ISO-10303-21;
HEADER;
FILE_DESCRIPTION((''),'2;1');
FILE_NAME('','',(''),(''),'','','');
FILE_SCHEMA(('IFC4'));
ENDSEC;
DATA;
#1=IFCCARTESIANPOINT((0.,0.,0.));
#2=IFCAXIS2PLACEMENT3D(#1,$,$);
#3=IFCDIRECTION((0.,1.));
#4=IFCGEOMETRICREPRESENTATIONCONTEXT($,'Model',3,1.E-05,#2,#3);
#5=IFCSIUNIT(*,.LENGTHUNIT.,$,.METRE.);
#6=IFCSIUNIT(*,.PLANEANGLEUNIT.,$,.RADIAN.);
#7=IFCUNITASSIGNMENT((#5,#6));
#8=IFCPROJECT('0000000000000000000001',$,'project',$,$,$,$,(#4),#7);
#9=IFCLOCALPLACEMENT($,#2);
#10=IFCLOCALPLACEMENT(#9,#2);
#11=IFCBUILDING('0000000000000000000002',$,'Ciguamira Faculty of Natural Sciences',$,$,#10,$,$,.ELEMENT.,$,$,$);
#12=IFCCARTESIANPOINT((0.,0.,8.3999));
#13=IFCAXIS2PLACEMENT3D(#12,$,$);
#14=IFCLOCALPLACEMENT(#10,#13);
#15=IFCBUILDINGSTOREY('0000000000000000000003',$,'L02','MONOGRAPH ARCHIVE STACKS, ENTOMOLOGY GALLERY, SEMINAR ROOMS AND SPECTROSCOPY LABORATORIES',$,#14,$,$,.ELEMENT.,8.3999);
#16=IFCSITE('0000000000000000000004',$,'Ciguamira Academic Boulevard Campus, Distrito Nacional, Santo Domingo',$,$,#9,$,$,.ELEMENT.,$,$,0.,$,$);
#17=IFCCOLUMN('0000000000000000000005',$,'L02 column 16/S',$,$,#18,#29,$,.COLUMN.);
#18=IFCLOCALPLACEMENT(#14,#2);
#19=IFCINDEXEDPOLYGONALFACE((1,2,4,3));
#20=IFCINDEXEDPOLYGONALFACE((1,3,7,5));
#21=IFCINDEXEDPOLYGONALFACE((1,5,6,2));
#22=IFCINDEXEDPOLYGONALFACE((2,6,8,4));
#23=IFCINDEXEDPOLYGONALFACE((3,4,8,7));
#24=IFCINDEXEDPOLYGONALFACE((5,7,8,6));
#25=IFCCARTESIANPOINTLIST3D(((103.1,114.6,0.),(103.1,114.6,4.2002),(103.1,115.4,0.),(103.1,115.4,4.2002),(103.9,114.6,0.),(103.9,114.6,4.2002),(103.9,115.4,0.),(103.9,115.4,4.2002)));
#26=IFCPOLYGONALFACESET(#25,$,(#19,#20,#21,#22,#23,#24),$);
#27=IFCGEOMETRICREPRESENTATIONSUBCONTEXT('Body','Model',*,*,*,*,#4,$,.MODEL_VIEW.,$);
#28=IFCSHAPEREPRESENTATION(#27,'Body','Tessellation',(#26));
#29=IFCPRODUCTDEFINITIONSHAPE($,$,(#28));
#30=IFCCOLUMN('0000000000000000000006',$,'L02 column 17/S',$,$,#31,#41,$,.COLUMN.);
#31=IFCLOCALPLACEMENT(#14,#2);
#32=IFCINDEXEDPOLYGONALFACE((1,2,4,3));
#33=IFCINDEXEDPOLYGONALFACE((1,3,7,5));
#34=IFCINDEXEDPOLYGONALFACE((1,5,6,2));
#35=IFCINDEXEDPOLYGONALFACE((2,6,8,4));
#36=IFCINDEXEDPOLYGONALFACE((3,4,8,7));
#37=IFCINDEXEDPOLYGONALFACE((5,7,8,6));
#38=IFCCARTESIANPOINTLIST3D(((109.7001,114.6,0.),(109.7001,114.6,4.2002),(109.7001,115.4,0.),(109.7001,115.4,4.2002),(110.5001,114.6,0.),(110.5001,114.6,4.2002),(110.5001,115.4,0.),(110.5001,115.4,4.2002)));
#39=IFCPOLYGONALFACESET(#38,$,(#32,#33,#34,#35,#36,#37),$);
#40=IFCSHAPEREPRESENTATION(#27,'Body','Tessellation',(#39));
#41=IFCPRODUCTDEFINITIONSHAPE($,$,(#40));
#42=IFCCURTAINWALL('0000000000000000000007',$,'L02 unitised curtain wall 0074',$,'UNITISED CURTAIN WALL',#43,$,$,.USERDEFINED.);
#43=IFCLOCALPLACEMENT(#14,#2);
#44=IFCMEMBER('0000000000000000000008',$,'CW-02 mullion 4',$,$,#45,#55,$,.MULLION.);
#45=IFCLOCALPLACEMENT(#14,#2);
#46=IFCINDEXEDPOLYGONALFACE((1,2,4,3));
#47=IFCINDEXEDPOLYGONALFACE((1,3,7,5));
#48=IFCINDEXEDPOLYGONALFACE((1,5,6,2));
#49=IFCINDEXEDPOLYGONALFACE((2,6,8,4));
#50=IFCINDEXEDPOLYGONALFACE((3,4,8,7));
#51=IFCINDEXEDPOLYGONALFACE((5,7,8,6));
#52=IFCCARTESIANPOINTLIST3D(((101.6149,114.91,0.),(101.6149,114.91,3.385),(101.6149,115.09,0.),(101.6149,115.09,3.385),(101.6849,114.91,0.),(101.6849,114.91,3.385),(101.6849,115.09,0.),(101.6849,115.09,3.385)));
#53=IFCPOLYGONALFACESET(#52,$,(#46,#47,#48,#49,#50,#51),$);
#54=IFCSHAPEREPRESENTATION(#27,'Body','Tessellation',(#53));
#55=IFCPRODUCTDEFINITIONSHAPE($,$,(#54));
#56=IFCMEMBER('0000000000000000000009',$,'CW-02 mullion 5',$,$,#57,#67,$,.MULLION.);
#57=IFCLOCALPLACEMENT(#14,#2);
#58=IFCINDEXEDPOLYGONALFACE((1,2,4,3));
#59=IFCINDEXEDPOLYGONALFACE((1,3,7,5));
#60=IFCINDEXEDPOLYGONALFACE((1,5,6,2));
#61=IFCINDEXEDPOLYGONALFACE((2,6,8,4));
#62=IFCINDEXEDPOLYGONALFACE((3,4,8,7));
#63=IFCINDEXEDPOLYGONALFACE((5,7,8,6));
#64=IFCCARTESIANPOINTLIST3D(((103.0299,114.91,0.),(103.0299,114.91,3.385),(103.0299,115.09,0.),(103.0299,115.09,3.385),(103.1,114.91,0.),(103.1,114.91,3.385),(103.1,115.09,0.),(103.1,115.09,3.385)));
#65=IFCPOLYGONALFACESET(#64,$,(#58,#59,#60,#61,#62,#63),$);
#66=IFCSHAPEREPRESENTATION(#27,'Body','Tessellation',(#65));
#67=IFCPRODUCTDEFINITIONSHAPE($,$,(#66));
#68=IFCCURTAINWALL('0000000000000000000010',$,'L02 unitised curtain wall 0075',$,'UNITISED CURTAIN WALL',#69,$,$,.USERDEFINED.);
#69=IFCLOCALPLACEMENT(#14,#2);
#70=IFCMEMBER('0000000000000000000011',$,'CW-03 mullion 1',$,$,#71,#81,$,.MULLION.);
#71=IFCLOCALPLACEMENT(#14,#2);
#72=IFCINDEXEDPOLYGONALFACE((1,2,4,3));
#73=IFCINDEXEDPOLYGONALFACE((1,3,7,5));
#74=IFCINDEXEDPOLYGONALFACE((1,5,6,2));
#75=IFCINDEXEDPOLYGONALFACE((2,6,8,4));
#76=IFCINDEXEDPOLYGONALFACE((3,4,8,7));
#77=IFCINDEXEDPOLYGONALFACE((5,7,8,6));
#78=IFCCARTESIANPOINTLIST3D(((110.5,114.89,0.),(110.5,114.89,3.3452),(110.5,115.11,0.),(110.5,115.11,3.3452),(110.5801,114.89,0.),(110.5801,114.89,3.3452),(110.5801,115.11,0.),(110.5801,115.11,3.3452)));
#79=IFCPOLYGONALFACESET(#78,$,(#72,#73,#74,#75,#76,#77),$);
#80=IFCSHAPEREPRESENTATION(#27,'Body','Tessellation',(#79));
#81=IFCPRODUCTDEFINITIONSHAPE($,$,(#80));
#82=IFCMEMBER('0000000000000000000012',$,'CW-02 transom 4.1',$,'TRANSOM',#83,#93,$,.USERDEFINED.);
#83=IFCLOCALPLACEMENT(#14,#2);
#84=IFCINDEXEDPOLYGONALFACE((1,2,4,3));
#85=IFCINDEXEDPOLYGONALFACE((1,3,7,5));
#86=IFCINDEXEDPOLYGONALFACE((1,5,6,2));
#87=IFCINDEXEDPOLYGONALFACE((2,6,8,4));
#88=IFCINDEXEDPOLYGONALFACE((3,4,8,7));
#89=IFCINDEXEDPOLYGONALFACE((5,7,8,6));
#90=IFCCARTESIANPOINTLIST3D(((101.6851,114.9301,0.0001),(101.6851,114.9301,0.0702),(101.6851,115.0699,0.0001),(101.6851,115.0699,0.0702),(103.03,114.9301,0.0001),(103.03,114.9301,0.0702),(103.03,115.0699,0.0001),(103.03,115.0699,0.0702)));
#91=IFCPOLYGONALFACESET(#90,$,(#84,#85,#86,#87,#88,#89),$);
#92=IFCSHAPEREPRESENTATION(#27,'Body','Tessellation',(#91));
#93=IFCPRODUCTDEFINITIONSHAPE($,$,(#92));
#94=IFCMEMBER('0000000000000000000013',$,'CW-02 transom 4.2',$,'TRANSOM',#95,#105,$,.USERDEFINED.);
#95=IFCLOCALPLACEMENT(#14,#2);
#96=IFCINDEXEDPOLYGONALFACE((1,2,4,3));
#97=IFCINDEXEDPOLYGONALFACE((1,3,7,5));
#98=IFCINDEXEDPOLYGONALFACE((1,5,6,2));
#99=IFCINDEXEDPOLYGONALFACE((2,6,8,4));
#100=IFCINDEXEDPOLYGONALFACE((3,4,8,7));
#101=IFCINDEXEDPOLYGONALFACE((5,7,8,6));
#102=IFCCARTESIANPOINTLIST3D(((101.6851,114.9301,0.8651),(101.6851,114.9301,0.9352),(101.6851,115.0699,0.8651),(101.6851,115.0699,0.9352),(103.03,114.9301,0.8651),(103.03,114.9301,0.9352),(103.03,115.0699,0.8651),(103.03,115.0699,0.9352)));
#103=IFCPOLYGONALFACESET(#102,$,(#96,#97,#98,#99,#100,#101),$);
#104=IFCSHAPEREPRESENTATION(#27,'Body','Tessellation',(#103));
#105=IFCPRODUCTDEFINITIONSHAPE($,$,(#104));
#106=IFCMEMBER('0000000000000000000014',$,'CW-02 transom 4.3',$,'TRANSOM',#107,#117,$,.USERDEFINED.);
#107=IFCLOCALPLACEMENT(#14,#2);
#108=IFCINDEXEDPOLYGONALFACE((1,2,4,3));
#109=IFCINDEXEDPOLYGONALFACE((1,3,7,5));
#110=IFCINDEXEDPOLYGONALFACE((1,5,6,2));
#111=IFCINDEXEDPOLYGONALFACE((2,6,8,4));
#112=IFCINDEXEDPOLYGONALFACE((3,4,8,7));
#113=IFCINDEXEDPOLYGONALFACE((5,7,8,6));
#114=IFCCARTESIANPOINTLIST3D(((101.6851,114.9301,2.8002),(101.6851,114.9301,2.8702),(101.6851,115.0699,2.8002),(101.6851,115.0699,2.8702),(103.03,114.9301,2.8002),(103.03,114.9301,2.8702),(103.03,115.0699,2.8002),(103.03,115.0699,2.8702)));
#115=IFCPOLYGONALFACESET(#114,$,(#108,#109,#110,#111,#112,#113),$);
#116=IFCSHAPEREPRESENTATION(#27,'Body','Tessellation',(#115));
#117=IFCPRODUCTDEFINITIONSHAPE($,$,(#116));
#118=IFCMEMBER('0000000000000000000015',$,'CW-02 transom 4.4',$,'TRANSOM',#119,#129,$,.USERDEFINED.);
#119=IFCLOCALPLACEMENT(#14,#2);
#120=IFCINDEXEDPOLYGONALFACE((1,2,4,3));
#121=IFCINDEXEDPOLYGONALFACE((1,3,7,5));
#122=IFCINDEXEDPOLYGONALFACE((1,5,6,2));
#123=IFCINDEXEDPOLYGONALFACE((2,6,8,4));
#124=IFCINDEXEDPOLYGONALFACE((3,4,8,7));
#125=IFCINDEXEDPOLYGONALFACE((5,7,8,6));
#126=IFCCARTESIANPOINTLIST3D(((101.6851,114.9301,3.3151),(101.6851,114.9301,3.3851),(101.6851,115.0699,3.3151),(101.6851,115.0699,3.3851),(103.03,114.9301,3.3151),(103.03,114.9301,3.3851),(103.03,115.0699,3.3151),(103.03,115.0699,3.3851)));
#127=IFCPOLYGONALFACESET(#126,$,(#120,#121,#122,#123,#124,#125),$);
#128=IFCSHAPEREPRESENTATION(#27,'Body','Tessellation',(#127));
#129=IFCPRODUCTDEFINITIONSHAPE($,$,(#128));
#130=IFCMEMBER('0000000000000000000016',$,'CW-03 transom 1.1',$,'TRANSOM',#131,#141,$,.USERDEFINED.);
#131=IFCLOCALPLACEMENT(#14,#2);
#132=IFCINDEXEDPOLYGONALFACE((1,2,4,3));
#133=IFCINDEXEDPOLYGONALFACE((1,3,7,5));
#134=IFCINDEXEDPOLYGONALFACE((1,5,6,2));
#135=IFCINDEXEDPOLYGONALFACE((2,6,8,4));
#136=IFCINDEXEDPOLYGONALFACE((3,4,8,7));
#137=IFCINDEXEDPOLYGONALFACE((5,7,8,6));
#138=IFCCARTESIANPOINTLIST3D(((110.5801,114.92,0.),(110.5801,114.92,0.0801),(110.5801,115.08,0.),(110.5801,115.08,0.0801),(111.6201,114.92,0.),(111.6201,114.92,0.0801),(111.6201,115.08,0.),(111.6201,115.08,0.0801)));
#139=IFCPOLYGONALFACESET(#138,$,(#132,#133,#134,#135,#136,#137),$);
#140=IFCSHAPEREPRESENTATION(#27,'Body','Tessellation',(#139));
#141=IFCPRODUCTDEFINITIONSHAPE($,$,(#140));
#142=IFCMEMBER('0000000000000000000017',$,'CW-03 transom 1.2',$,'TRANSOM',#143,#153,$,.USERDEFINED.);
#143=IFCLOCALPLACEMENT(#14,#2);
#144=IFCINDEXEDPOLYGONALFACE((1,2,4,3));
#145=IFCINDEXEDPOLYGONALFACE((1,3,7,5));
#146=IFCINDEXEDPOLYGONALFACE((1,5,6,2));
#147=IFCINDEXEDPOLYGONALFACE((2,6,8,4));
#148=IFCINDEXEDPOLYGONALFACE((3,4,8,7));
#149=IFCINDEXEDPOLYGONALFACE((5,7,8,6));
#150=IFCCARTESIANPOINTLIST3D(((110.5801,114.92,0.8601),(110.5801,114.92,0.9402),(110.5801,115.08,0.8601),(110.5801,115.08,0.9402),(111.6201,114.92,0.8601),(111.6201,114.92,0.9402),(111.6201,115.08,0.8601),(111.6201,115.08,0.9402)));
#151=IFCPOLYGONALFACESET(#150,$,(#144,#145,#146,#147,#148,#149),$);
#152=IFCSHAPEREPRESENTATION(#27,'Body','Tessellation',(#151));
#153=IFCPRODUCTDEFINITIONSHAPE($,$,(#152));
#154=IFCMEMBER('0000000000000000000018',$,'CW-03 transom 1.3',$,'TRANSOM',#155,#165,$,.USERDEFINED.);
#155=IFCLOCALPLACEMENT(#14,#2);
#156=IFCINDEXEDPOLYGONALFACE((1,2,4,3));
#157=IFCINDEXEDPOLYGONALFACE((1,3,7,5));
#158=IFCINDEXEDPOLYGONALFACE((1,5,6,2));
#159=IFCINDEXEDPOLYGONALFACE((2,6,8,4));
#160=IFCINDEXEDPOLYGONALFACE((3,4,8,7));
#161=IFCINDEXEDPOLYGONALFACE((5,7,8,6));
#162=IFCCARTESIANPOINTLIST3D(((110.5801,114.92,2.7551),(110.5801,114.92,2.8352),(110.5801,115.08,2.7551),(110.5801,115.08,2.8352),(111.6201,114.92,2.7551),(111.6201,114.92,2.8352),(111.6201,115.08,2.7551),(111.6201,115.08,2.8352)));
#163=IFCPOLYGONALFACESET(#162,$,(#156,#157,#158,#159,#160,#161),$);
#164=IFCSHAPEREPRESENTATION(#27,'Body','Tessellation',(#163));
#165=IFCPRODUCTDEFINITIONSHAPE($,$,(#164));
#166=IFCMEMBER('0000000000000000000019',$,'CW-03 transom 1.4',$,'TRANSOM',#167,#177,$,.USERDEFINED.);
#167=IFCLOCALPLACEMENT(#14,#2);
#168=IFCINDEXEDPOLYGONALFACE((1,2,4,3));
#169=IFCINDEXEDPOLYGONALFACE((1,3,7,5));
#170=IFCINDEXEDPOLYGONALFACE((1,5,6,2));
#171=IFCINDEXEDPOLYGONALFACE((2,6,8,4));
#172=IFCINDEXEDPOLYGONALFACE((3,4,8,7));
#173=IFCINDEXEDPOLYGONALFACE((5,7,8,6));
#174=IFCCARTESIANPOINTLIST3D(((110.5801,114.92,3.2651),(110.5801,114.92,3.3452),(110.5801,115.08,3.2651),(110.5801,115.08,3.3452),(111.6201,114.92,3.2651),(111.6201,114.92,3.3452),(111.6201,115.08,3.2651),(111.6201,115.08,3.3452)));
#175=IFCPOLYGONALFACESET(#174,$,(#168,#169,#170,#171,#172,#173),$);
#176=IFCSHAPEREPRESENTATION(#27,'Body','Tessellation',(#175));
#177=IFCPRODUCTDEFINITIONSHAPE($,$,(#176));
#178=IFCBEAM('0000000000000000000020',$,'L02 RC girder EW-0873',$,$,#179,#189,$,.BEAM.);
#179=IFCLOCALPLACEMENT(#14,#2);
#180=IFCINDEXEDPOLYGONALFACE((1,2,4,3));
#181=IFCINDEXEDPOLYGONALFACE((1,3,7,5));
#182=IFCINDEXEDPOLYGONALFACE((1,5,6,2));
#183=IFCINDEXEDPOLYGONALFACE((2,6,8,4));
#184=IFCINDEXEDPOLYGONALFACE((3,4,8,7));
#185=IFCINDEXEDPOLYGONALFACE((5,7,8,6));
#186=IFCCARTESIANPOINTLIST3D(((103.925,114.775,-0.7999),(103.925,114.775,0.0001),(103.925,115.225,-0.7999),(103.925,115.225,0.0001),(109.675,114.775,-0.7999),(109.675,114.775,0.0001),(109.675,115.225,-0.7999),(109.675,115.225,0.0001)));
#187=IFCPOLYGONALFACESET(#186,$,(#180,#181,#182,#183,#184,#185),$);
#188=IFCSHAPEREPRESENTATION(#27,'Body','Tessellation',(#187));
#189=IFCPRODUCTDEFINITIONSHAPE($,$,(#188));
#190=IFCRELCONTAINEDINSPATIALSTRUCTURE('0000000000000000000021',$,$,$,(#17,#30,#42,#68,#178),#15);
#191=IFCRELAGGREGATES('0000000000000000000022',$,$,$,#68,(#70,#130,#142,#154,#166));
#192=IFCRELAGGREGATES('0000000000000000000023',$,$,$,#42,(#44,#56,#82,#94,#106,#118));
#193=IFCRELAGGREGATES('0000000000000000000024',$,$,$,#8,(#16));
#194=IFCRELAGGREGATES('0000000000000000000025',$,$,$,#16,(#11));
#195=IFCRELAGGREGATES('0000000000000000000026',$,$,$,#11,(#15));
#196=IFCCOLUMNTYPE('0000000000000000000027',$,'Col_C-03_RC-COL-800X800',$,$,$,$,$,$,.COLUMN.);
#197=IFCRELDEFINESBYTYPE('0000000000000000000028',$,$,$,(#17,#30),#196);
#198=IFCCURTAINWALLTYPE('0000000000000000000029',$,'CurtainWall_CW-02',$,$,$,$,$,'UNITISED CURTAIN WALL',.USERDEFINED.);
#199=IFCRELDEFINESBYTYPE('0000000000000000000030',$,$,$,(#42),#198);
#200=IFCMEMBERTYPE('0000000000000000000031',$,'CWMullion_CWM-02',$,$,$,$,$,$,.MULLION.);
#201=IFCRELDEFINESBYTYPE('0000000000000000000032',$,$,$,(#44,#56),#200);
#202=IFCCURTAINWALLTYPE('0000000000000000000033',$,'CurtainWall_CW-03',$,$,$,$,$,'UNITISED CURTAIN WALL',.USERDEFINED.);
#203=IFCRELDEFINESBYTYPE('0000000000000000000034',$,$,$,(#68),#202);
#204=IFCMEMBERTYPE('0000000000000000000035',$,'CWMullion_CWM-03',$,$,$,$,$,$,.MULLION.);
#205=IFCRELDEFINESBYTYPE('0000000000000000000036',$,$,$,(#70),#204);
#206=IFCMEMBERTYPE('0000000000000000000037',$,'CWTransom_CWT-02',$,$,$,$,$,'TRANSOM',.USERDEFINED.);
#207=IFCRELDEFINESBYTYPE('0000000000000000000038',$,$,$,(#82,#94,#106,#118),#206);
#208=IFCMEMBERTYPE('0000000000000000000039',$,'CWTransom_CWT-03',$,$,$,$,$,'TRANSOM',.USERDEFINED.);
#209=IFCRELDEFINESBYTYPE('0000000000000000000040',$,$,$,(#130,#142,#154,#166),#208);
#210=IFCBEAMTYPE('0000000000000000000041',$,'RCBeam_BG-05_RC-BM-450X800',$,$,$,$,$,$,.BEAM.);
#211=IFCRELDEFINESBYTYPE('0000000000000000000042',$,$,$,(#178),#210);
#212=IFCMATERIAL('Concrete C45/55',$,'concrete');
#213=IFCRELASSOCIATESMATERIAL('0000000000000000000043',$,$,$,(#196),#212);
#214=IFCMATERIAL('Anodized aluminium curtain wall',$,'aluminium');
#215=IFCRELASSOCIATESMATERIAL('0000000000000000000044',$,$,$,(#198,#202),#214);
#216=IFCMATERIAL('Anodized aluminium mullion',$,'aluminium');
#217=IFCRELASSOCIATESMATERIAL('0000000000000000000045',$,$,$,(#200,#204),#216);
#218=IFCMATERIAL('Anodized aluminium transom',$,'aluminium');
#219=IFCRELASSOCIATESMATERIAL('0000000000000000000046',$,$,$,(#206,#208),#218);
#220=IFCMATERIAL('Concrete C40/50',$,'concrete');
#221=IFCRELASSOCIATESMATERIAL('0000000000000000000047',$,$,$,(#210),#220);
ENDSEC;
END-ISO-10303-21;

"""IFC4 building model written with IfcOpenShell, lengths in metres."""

from ifc_helpers import new_model, si_unit, direction, frame, origin, origin_2d, place, context, subcontext, project, spatial, rectangle, extrude, material, material_profile, profile_set, type_object, element, aggregate, save


model = new_model("IFC4")

# Units and contexts
model_context = context("Model", 3, precision=1e-05, world=origin(), true_north=direction((0.0, 1.0)))
body_context = subcontext(model_context, "Body", "Model", "MODEL_VIEW")
ifc_project = project(units=[si_unit("LENGTHUNIT", "METRE"), si_unit("PLANEANGLEUNIT", "RADIAN")], contexts=[model_context])

# Site, building, storey
site_placement = place(None, origin())
site = spatial("IfcSite", under=ifc_project, at=site_placement, Name="Ciguamira Academic Boulevard Campus, Distrito Nacional, Santo Domingo", CompositionType="ELEMENT", RefElevation=0.0)
building_placement = place(site_placement, origin())
building = spatial("IfcBuilding", under=site, at=building_placement, Name="Ciguamira Faculty of Natural Sciences", CompositionType="ELEMENT")
storey_placement = place(building_placement, frame((0.0, 0.0, 8.3999)))
storey = spatial("IfcBuildingStorey", under=building, at=storey_placement, Name="L02", Description="MONOGRAPH ARCHIVE STACKS, ENTOMOLOGY GALLERY, SEMINAR ROOMS AND SPECTROSCOPY LABORATORIES", CompositionType="ELEMENT", Elevation=8.3999)

# Columns
ifc_material_1 = material(Name="Concrete C45/55", Category="concrete")
ifc_material_profile_1 = material_profile(ifc_material_1, rectangle(XDim=0.8, YDim=0.8, at=origin_2d()), Name="RC-COL-800X800")
ifc_profile_set_1 = profile_set([ifc_material_profile_1], Name="Concrete C45/55")
column_type = type_object("IfcColumnType", Name="Col_C-03_RC-COL-800X800", PredefinedType="COLUMN", material=ifc_profile_set_1)
for number, where, z_axis, x_axis, name in (
    (1, (103.5, 115.0, 0.0), (0.0, 0.0, 1.0), (1.0, 0.0, 0.0), "L02 column 16/S"),
    (2, (110.1001, 115.0, 0.0), (0.0, 0.0, 1.0), (1.0, 0.0, 0.0), "L02 column 17/S"),
):
    element("IfcColumn", number, at=place(storey_placement, frame(where, z_axis=z_axis, x_axis=x_axis)), inside=storey, type_object=column_type, Name=name, PredefinedType="COLUMN", context=body_context, shape_type="SweptSolid", body=[
        extrude(rectangle(XDim=0.8, YDim=0.8, at=origin_2d()), origin(), (0.0, 0.0, 1.0), 4.2002),
    ])

# Curtain wall, members
ifc_material_2 = material(Name="Anodized aluminium curtain wall", Category="aluminium")
curtain_wall_type_1 = type_object("IfcCurtainWallType", Name="CurtainWall_CW-02", ElementType="UNITISED CURTAIN WALL", PredefinedType="USERDEFINED", material=ifc_material_2)
curtain_wall_1_placement = place(storey_placement, origin())
curtain_wall_1 = element("IfcCurtainWall", 3, at=curtain_wall_1_placement, inside=storey, type_object=curtain_wall_type_1, Name="L02 unitised curtain wall 0074", ObjectType="UNITISED CURTAIN WALL", PredefinedType="USERDEFINED")
ifc_material_3 = material(Name="Anodized aluminium mullion", Category="aluminium")
ifc_material_profile_2 = material_profile(ifc_material_3, rectangle(XDim=0.0701, YDim=0.1799, at=origin_2d()), Name="ALU-MUL-70X180")
ifc_profile_set_2 = profile_set([ifc_material_profile_2], Name="Anodized aluminium mullion")
member_type_1 = type_object("IfcMemberType", Name="CWMullion_CWM-02", PredefinedType="MULLION", material=ifc_profile_set_2)
member_1_placement = place(storey_placement, frame((101.6499, 115.0, 0.0), z_axis=(0.0, 0.0, 1.0), x_axis=(1.0, 0.0, 0.0)))
member_1 = element("IfcMember", 4, at=member_1_placement, type_object=member_type_1, Name="CW-02 mullion 4", PredefinedType="MULLION", context=body_context, shape_type="SweptSolid", body=[
    extrude(rectangle(XDim=0.0701, YDim=0.1799, at=origin_2d()), origin(), (0.0, 0.0, 1.0), 3.385),
])
member_2_placement = place(storey_placement, frame((103.0649, 115.0, 0.0), z_axis=(0.0, 0.0, 1.0), x_axis=(1.0, 0.0, 0.0)))
member_2 = element("IfcMember", 5, at=member_2_placement, type_object=member_type_1, Name="CW-02 mullion 5", PredefinedType="MULLION", context=body_context, shape_type="SweptSolid", body=[
    extrude(rectangle(XDim=0.0701, YDim=0.1799, at=origin_2d()), origin(), (0.0, 0.0, 1.0), 3.385),
])

# Curtain wall, member
curtain_wall_type_2 = type_object("IfcCurtainWallType", Name="CurtainWall_CW-03", ElementType="UNITISED CURTAIN WALL", PredefinedType="USERDEFINED", material=ifc_material_2)
curtain_wall_2_placement = place(storey_placement, origin())
curtain_wall_2 = element("IfcCurtainWall", 6, at=curtain_wall_2_placement, inside=storey, type_object=curtain_wall_type_2, Name="L02 unitised curtain wall 0075", ObjectType="UNITISED CURTAIN WALL", PredefinedType="USERDEFINED")
ifc_material_profile_3 = material_profile(ifc_material_3, rectangle(XDim=0.0801, YDim=0.22, at=origin_2d()), Name="ALU-MUL-80X220")
ifc_profile_set_3 = profile_set([ifc_material_profile_3], Name="Anodized aluminium mullion")
member_type_2 = type_object("IfcMemberType", Name="CWMullion_CWM-03", PredefinedType="MULLION", material=ifc_profile_set_3)
member_3_placement = place(storey_placement, frame((110.54, 115.0, 0.0), z_axis=(0.0, 0.0, 1.0), x_axis=(1.0, 0.0, 0.0)))
member_3 = element("IfcMember", 7, at=member_3_placement, type_object=member_type_2, Name="CW-03 mullion 1", PredefinedType="MULLION", context=body_context, shape_type="SweptSolid", body=[
    extrude(rectangle(XDim=0.0801, YDim=0.22, at=origin_2d()), origin(), (0.0, 0.0, 1.0), 3.3452),
])

# Members
ifc_material_4 = material(Name="Anodized aluminium transom", Category="aluminium")
ifc_material_profile_4 = material_profile(ifc_material_4, rectangle(XDim=0.0701, YDim=0.1399, at=origin_2d()), Name="ALU-TRN-70X140")
ifc_profile_set_4 = profile_set([ifc_material_profile_4], Name="Anodized aluminium transom")
member_type_3 = type_object("IfcMemberType", Name="CWTransom_CWT-02", ElementType="TRANSOM", PredefinedType="USERDEFINED", material=ifc_profile_set_4)
member_4_placement = place(storey_placement, frame((101.6851, 115.0, 0.0352), z_axis=(1.0, 0.0, 0.0), x_axis=(0.0, 0.0, 1.0)))
member_4 = element("IfcMember", 8, at=member_4_placement, type_object=member_type_3, Name="CW-02 transom 4.1", ObjectType="TRANSOM", PredefinedType="USERDEFINED", context=body_context, shape_type="SweptSolid", body=[
    extrude(rectangle(XDim=0.0701, YDim=0.1399, at=origin_2d()), origin(), (0.0, 0.0, 1.0), 1.345),
])
member_5_placement = place(storey_placement, frame((101.6851, 115.0, 0.9001), z_axis=(1.0, 0.0, 0.0), x_axis=(0.0, 0.0, 1.0)))
member_5 = element("IfcMember", 9, at=member_5_placement, type_object=member_type_3, Name="CW-02 transom 4.2", ObjectType="TRANSOM", PredefinedType="USERDEFINED", context=body_context, shape_type="SweptSolid", body=[
    extrude(rectangle(XDim=0.0701, YDim=0.1399, at=origin_2d()), origin(), (0.0, 0.0, 1.0), 1.345),
])
member_6_placement = place(storey_placement, frame((101.6851, 115.0, 2.8352), z_axis=(1.0, 0.0, 0.0), x_axis=(0.0, 0.0, 1.0)))
member_6 = element("IfcMember", 10, at=member_6_placement, type_object=member_type_3, Name="CW-02 transom 4.3", ObjectType="TRANSOM", PredefinedType="USERDEFINED", context=body_context, shape_type="SweptSolid", body=[
    extrude(rectangle(XDim=0.0701, YDim=0.1399, at=origin_2d()), origin(), (0.0, 0.0, 1.0), 1.345),
])
member_7_placement = place(storey_placement, frame((101.6851, 115.0, 3.3501), z_axis=(1.0, 0.0, 0.0), x_axis=(0.0, 0.0, 1.0)))
member_7 = element("IfcMember", 11, at=member_7_placement, type_object=member_type_3, Name="CW-02 transom 4.4", ObjectType="TRANSOM", PredefinedType="USERDEFINED", context=body_context, shape_type="SweptSolid", body=[
    extrude(rectangle(XDim=0.0701, YDim=0.1399, at=origin_2d()), origin(), (0.0, 0.0, 1.0), 1.345),
])
ifc_material_profile_5 = material_profile(ifc_material_4, rectangle(XDim=0.0801, YDim=0.1599, at=origin_2d()), Name="ALU-TRN-80X160")
ifc_profile_set_5 = profile_set([ifc_material_profile_5], Name="Anodized aluminium transom")
member_type_4 = type_object("IfcMemberType", Name="CWTransom_CWT-03", ElementType="TRANSOM", PredefinedType="USERDEFINED", material=ifc_profile_set_5)
member_8_placement = place(storey_placement, frame((110.5801, 115.0, 0.04), z_axis=(1.0, 0.0, 0.0), x_axis=(0.0, 0.0, 1.0)))
member_8 = element("IfcMember", 12, at=member_8_placement, type_object=member_type_4, Name="CW-03 transom 1.1", ObjectType="TRANSOM", PredefinedType="USERDEFINED", context=body_context, shape_type="SweptSolid", body=[
    extrude(rectangle(XDim=0.0801, YDim=0.1599, at=origin_2d()), origin(), (0.0, 0.0, 1.0), 1.04),
])
member_9_placement = place(storey_placement, frame((110.5801, 115.0, 0.9001), z_axis=(1.0, 0.0, 0.0), x_axis=(0.0, 0.0, 1.0)))
member_9 = element("IfcMember", 13, at=member_9_placement, type_object=member_type_4, Name="CW-03 transom 1.2", ObjectType="TRANSOM", PredefinedType="USERDEFINED", context=body_context, shape_type="SweptSolid", body=[
    extrude(rectangle(XDim=0.0801, YDim=0.1599, at=origin_2d()), origin(), (0.0, 0.0, 1.0), 1.04),
])
member_10_placement = place(storey_placement, frame((110.5801, 115.0, 2.7952), z_axis=(1.0, 0.0, 0.0), x_axis=(0.0, 0.0, 1.0)))
member_10 = element("IfcMember", 14, at=member_10_placement, type_object=member_type_4, Name="CW-03 transom 1.3", ObjectType="TRANSOM", PredefinedType="USERDEFINED", context=body_context, shape_type="SweptSolid", body=[
    extrude(rectangle(XDim=0.0801, YDim=0.1599, at=origin_2d()), origin(), (0.0, 0.0, 1.0), 1.04),
])
member_11_placement = place(storey_placement, frame((110.5801, 115.0, 3.3052), z_axis=(1.0, 0.0, 0.0), x_axis=(0.0, 0.0, 1.0)))
member_11 = element("IfcMember", 15, at=member_11_placement, type_object=member_type_4, Name="CW-03 transom 1.4", ObjectType="TRANSOM", PredefinedType="USERDEFINED", context=body_context, shape_type="SweptSolid", body=[
    extrude(rectangle(XDim=0.0801, YDim=0.1599, at=origin_2d()), origin(), (0.0, 0.0, 1.0), 1.04),
])

# Beam
ifc_material_5 = material(Name="Concrete C40/50", Category="concrete")
ifc_material_profile_6 = material_profile(ifc_material_5, rectangle(XDim=0.45, YDim=0.8, at=origin_2d()), Name="RC-BM-450X800")
ifc_profile_set_6 = profile_set([ifc_material_profile_6], Name="Concrete C40/50")
beam_type = type_object("IfcBeamType", Name="RCBeam_BG-05_RC-BM-450X800", PredefinedType="BEAM", material=ifc_profile_set_6)
for number, where, z_axis, x_axis, name in (
    (16, (103.925, 115.0, -0.3999), (1.0, 0.0, 0.0), (0.0, 1.0, 0.0), "L02 RC girder EW-0873"),
):
    element("IfcBeam", number, at=place(storey_placement, frame(where, z_axis=z_axis, x_axis=x_axis)), inside=storey, type_object=beam_type, Name=name, PredefinedType="BEAM", context=body_context, shape_type="SweptSolid", body=[
        extrude(rectangle(XDim=0.45, YDim=0.8, at=origin_2d()), origin(), (0.0, 0.0, 1.0), 5.75),
    ])

aggregate(curtain_wall_2, [member_3, member_8, member_9, member_10, member_11])
aggregate(curtain_wall_1, [member_1, member_2, member_4, member_5, member_6, member_7])

save(model, "model.ifc")
